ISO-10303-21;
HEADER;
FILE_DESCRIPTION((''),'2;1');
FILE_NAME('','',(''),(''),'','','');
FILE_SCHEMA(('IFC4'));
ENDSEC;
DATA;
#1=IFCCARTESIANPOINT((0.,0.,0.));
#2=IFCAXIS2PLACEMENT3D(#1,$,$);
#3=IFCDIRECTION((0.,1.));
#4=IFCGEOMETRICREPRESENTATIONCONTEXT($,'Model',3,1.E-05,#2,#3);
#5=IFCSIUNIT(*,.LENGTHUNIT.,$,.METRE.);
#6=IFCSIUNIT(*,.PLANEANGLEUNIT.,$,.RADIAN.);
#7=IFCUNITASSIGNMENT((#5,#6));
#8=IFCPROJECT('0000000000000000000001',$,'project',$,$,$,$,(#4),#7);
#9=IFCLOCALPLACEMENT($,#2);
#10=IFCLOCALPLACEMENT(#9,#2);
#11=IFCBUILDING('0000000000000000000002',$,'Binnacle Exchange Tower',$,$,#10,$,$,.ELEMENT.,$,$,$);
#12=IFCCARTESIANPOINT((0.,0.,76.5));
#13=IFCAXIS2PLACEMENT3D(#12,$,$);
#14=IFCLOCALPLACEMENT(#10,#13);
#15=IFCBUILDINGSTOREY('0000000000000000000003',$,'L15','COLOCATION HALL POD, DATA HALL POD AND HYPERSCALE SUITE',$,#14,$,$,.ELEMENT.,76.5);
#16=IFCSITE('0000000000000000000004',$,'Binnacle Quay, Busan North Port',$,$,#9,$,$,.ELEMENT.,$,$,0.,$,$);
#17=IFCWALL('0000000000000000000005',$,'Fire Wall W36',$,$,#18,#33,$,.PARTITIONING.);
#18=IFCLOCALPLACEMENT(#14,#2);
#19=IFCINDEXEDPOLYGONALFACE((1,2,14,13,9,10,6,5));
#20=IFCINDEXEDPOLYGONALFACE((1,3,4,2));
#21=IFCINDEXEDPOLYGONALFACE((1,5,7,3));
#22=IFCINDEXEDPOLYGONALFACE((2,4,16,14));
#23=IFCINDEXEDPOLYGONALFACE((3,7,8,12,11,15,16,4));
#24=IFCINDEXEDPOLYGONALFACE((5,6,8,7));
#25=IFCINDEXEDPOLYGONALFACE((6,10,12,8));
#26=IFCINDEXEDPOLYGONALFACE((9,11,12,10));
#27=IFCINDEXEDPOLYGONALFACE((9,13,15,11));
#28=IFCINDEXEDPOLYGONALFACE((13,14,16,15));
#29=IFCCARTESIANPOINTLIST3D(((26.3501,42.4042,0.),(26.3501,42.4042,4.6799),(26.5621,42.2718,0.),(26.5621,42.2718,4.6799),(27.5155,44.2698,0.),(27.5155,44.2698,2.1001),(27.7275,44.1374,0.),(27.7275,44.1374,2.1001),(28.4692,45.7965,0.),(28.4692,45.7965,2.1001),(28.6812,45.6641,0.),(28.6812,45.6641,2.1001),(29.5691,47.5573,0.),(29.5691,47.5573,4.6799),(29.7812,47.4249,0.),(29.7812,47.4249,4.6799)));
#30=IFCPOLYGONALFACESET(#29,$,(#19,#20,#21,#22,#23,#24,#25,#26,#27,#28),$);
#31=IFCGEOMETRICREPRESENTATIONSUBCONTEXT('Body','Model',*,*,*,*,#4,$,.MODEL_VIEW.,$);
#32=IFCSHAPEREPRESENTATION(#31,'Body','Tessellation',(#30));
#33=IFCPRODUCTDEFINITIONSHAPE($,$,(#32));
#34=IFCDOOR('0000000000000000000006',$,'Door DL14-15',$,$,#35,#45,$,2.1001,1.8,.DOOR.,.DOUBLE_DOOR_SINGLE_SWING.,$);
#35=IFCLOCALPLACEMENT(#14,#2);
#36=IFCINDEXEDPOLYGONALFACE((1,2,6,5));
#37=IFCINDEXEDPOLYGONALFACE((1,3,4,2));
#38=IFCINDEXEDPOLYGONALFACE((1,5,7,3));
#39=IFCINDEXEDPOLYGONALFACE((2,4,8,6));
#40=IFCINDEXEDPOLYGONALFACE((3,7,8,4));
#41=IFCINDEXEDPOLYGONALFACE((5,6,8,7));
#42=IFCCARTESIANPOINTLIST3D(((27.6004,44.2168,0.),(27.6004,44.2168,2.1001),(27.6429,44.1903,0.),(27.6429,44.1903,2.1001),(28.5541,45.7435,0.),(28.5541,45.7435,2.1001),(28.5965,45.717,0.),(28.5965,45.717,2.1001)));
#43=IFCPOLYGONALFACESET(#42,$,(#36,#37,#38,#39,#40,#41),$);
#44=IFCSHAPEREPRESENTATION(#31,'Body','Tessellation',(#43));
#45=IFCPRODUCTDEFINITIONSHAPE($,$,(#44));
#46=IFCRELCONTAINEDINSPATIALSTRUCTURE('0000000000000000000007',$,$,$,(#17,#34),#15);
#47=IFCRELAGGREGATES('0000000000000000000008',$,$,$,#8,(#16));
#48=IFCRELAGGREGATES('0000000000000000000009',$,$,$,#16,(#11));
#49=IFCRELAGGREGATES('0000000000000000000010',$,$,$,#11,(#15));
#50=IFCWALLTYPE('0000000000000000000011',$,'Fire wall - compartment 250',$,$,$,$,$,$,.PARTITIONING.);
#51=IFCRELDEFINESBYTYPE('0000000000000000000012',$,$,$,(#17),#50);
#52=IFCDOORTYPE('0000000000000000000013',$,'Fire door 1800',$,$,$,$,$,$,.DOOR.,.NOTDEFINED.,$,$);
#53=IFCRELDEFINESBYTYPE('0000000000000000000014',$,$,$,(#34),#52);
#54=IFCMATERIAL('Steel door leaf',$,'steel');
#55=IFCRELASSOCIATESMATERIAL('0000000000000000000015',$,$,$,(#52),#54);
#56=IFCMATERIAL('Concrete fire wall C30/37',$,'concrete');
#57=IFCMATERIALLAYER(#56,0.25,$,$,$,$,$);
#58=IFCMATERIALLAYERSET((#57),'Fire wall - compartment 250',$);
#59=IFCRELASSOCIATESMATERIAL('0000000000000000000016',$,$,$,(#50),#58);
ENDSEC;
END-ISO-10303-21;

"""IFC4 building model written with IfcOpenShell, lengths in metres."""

from ifc_helpers import new_model, si_unit, direction, frame, frame_2d, origin, place, context, subcontext, project, spatial, rectangle, extrude, material, layer, layer_set, type_object, element, fill, save


model = new_model("IFC4")

# Units and contexts
model_context = context("Model", 3, precision=1e-05, world=origin(), true_north=direction((0.0, 1.0)))
body_context = subcontext(model_context, "Body", "Model", "MODEL_VIEW")
ifc_project = project(units=[si_unit("LENGTHUNIT", "METRE"), si_unit("PLANEANGLEUNIT", "RADIAN")], contexts=[model_context])

# Site, building, storey
site_placement = place(None, origin())
site = spatial("IfcSite", under=ifc_project, at=site_placement, Name="Binnacle Quay, Busan North Port", CompositionType="ELEMENT", RefElevation=0.0)
building_placement = place(site_placement, origin())
building = spatial("IfcBuilding", under=site, at=building_placement, Name="Binnacle Exchange Tower", CompositionType="ELEMENT")
storey_placement = place(building_placement, frame((0.0, 0.0, 76.5)))
storey = spatial("IfcBuildingStorey", under=building, at=storey_placement, Name="L15", Description="COLOCATION HALL POD, DATA HALL POD AND HYPERSCALE SUITE", CompositionType="ELEMENT", Elevation=76.5)

# Shared definitions
ifc_material_1 = material(Name="Steel door leaf", Category="steel")

# Wall, opening, door
door_type_1 = type_object("IfcDoorType", Name="Fire door 1800", OperationType="NOTDEFINED", PredefinedType="DOOR", material=ifc_material_1)
ifc_material_2 = material(Name="Concrete fire wall C30/37", Category="concrete")
ifc_layer_1 = layer(ifc_material_2, 0.25)
ifc_layer_set_1 = layer_set([ifc_layer_1], Name="Fire wall - compartment 250")
wall_type_1 = type_object("IfcWallType", Name="Fire wall - compartment 250", PredefinedType="PARTITIONING", material=ifc_layer_set_1)
wall_1_placement = place(storey_placement, frame((26.4561, 42.3379, 0.0), z_axis=(0.0, 0.0, 1.0), x_axis=(0.5298, 0.848122, 0.0)))
wall_1 = element("IfcWall", 1, at=wall_1_placement, inside=storey, type_object=wall_type_1, Name="Fire Wall W36", PredefinedType="PARTITIONING", context=body_context, shape_type="SweptSolid", body=[
    extrude(rectangle(XDim=6.0759, YDim=0.25, at=frame_2d((3.0381, 0.0))), origin(), (0.0, 0.0, 1.0), 4.6799),
])
opening_1_placement = place(wall_1_placement, frame((2.2, 0.0, 0.0)))
opening_1 = element("IfcOpeningElement", 2, at=opening_1_placement, cuts=wall_1, PredefinedType="OPENING", context=body_context, shape_type="SweptSolid", body=[
    extrude(rectangle(XDim=1.8, YDim=2.1001, at=frame_2d((0.8999, 1.05))), frame((0.0, 0.135, 0.0), z_axis=(0.0, -1.0, 0.0), x_axis=(1.0, 0.0, 0.0)), (0.0, 0.0, 1.0), 0.27),
])
door_1_placement = place(opening_1_placement, origin())
door_1 = element("IfcDoor", 3, at=door_1_placement, inside=storey, type_object=door_type_1, Name="Door DL14-15", OperationType="DOUBLE_DOOR_SINGLE_SWING", OverallHeight=2.1001, OverallWidth=1.8, PredefinedType="DOOR", context=body_context, shape_type="SweptSolid", body=[
    extrude(rectangle(XDim=1.8, YDim=2.1001, at=frame_2d((0.8999, 1.05))), frame((0.0, 0.0249, 0.0), z_axis=(0.0, -1.0, 0.0), x_axis=(1.0, 0.0, 0.0)), (0.0, 0.0, 1.0), 0.05),
])
fill(opening_1, door_1)

save(model, "model.ifc")
